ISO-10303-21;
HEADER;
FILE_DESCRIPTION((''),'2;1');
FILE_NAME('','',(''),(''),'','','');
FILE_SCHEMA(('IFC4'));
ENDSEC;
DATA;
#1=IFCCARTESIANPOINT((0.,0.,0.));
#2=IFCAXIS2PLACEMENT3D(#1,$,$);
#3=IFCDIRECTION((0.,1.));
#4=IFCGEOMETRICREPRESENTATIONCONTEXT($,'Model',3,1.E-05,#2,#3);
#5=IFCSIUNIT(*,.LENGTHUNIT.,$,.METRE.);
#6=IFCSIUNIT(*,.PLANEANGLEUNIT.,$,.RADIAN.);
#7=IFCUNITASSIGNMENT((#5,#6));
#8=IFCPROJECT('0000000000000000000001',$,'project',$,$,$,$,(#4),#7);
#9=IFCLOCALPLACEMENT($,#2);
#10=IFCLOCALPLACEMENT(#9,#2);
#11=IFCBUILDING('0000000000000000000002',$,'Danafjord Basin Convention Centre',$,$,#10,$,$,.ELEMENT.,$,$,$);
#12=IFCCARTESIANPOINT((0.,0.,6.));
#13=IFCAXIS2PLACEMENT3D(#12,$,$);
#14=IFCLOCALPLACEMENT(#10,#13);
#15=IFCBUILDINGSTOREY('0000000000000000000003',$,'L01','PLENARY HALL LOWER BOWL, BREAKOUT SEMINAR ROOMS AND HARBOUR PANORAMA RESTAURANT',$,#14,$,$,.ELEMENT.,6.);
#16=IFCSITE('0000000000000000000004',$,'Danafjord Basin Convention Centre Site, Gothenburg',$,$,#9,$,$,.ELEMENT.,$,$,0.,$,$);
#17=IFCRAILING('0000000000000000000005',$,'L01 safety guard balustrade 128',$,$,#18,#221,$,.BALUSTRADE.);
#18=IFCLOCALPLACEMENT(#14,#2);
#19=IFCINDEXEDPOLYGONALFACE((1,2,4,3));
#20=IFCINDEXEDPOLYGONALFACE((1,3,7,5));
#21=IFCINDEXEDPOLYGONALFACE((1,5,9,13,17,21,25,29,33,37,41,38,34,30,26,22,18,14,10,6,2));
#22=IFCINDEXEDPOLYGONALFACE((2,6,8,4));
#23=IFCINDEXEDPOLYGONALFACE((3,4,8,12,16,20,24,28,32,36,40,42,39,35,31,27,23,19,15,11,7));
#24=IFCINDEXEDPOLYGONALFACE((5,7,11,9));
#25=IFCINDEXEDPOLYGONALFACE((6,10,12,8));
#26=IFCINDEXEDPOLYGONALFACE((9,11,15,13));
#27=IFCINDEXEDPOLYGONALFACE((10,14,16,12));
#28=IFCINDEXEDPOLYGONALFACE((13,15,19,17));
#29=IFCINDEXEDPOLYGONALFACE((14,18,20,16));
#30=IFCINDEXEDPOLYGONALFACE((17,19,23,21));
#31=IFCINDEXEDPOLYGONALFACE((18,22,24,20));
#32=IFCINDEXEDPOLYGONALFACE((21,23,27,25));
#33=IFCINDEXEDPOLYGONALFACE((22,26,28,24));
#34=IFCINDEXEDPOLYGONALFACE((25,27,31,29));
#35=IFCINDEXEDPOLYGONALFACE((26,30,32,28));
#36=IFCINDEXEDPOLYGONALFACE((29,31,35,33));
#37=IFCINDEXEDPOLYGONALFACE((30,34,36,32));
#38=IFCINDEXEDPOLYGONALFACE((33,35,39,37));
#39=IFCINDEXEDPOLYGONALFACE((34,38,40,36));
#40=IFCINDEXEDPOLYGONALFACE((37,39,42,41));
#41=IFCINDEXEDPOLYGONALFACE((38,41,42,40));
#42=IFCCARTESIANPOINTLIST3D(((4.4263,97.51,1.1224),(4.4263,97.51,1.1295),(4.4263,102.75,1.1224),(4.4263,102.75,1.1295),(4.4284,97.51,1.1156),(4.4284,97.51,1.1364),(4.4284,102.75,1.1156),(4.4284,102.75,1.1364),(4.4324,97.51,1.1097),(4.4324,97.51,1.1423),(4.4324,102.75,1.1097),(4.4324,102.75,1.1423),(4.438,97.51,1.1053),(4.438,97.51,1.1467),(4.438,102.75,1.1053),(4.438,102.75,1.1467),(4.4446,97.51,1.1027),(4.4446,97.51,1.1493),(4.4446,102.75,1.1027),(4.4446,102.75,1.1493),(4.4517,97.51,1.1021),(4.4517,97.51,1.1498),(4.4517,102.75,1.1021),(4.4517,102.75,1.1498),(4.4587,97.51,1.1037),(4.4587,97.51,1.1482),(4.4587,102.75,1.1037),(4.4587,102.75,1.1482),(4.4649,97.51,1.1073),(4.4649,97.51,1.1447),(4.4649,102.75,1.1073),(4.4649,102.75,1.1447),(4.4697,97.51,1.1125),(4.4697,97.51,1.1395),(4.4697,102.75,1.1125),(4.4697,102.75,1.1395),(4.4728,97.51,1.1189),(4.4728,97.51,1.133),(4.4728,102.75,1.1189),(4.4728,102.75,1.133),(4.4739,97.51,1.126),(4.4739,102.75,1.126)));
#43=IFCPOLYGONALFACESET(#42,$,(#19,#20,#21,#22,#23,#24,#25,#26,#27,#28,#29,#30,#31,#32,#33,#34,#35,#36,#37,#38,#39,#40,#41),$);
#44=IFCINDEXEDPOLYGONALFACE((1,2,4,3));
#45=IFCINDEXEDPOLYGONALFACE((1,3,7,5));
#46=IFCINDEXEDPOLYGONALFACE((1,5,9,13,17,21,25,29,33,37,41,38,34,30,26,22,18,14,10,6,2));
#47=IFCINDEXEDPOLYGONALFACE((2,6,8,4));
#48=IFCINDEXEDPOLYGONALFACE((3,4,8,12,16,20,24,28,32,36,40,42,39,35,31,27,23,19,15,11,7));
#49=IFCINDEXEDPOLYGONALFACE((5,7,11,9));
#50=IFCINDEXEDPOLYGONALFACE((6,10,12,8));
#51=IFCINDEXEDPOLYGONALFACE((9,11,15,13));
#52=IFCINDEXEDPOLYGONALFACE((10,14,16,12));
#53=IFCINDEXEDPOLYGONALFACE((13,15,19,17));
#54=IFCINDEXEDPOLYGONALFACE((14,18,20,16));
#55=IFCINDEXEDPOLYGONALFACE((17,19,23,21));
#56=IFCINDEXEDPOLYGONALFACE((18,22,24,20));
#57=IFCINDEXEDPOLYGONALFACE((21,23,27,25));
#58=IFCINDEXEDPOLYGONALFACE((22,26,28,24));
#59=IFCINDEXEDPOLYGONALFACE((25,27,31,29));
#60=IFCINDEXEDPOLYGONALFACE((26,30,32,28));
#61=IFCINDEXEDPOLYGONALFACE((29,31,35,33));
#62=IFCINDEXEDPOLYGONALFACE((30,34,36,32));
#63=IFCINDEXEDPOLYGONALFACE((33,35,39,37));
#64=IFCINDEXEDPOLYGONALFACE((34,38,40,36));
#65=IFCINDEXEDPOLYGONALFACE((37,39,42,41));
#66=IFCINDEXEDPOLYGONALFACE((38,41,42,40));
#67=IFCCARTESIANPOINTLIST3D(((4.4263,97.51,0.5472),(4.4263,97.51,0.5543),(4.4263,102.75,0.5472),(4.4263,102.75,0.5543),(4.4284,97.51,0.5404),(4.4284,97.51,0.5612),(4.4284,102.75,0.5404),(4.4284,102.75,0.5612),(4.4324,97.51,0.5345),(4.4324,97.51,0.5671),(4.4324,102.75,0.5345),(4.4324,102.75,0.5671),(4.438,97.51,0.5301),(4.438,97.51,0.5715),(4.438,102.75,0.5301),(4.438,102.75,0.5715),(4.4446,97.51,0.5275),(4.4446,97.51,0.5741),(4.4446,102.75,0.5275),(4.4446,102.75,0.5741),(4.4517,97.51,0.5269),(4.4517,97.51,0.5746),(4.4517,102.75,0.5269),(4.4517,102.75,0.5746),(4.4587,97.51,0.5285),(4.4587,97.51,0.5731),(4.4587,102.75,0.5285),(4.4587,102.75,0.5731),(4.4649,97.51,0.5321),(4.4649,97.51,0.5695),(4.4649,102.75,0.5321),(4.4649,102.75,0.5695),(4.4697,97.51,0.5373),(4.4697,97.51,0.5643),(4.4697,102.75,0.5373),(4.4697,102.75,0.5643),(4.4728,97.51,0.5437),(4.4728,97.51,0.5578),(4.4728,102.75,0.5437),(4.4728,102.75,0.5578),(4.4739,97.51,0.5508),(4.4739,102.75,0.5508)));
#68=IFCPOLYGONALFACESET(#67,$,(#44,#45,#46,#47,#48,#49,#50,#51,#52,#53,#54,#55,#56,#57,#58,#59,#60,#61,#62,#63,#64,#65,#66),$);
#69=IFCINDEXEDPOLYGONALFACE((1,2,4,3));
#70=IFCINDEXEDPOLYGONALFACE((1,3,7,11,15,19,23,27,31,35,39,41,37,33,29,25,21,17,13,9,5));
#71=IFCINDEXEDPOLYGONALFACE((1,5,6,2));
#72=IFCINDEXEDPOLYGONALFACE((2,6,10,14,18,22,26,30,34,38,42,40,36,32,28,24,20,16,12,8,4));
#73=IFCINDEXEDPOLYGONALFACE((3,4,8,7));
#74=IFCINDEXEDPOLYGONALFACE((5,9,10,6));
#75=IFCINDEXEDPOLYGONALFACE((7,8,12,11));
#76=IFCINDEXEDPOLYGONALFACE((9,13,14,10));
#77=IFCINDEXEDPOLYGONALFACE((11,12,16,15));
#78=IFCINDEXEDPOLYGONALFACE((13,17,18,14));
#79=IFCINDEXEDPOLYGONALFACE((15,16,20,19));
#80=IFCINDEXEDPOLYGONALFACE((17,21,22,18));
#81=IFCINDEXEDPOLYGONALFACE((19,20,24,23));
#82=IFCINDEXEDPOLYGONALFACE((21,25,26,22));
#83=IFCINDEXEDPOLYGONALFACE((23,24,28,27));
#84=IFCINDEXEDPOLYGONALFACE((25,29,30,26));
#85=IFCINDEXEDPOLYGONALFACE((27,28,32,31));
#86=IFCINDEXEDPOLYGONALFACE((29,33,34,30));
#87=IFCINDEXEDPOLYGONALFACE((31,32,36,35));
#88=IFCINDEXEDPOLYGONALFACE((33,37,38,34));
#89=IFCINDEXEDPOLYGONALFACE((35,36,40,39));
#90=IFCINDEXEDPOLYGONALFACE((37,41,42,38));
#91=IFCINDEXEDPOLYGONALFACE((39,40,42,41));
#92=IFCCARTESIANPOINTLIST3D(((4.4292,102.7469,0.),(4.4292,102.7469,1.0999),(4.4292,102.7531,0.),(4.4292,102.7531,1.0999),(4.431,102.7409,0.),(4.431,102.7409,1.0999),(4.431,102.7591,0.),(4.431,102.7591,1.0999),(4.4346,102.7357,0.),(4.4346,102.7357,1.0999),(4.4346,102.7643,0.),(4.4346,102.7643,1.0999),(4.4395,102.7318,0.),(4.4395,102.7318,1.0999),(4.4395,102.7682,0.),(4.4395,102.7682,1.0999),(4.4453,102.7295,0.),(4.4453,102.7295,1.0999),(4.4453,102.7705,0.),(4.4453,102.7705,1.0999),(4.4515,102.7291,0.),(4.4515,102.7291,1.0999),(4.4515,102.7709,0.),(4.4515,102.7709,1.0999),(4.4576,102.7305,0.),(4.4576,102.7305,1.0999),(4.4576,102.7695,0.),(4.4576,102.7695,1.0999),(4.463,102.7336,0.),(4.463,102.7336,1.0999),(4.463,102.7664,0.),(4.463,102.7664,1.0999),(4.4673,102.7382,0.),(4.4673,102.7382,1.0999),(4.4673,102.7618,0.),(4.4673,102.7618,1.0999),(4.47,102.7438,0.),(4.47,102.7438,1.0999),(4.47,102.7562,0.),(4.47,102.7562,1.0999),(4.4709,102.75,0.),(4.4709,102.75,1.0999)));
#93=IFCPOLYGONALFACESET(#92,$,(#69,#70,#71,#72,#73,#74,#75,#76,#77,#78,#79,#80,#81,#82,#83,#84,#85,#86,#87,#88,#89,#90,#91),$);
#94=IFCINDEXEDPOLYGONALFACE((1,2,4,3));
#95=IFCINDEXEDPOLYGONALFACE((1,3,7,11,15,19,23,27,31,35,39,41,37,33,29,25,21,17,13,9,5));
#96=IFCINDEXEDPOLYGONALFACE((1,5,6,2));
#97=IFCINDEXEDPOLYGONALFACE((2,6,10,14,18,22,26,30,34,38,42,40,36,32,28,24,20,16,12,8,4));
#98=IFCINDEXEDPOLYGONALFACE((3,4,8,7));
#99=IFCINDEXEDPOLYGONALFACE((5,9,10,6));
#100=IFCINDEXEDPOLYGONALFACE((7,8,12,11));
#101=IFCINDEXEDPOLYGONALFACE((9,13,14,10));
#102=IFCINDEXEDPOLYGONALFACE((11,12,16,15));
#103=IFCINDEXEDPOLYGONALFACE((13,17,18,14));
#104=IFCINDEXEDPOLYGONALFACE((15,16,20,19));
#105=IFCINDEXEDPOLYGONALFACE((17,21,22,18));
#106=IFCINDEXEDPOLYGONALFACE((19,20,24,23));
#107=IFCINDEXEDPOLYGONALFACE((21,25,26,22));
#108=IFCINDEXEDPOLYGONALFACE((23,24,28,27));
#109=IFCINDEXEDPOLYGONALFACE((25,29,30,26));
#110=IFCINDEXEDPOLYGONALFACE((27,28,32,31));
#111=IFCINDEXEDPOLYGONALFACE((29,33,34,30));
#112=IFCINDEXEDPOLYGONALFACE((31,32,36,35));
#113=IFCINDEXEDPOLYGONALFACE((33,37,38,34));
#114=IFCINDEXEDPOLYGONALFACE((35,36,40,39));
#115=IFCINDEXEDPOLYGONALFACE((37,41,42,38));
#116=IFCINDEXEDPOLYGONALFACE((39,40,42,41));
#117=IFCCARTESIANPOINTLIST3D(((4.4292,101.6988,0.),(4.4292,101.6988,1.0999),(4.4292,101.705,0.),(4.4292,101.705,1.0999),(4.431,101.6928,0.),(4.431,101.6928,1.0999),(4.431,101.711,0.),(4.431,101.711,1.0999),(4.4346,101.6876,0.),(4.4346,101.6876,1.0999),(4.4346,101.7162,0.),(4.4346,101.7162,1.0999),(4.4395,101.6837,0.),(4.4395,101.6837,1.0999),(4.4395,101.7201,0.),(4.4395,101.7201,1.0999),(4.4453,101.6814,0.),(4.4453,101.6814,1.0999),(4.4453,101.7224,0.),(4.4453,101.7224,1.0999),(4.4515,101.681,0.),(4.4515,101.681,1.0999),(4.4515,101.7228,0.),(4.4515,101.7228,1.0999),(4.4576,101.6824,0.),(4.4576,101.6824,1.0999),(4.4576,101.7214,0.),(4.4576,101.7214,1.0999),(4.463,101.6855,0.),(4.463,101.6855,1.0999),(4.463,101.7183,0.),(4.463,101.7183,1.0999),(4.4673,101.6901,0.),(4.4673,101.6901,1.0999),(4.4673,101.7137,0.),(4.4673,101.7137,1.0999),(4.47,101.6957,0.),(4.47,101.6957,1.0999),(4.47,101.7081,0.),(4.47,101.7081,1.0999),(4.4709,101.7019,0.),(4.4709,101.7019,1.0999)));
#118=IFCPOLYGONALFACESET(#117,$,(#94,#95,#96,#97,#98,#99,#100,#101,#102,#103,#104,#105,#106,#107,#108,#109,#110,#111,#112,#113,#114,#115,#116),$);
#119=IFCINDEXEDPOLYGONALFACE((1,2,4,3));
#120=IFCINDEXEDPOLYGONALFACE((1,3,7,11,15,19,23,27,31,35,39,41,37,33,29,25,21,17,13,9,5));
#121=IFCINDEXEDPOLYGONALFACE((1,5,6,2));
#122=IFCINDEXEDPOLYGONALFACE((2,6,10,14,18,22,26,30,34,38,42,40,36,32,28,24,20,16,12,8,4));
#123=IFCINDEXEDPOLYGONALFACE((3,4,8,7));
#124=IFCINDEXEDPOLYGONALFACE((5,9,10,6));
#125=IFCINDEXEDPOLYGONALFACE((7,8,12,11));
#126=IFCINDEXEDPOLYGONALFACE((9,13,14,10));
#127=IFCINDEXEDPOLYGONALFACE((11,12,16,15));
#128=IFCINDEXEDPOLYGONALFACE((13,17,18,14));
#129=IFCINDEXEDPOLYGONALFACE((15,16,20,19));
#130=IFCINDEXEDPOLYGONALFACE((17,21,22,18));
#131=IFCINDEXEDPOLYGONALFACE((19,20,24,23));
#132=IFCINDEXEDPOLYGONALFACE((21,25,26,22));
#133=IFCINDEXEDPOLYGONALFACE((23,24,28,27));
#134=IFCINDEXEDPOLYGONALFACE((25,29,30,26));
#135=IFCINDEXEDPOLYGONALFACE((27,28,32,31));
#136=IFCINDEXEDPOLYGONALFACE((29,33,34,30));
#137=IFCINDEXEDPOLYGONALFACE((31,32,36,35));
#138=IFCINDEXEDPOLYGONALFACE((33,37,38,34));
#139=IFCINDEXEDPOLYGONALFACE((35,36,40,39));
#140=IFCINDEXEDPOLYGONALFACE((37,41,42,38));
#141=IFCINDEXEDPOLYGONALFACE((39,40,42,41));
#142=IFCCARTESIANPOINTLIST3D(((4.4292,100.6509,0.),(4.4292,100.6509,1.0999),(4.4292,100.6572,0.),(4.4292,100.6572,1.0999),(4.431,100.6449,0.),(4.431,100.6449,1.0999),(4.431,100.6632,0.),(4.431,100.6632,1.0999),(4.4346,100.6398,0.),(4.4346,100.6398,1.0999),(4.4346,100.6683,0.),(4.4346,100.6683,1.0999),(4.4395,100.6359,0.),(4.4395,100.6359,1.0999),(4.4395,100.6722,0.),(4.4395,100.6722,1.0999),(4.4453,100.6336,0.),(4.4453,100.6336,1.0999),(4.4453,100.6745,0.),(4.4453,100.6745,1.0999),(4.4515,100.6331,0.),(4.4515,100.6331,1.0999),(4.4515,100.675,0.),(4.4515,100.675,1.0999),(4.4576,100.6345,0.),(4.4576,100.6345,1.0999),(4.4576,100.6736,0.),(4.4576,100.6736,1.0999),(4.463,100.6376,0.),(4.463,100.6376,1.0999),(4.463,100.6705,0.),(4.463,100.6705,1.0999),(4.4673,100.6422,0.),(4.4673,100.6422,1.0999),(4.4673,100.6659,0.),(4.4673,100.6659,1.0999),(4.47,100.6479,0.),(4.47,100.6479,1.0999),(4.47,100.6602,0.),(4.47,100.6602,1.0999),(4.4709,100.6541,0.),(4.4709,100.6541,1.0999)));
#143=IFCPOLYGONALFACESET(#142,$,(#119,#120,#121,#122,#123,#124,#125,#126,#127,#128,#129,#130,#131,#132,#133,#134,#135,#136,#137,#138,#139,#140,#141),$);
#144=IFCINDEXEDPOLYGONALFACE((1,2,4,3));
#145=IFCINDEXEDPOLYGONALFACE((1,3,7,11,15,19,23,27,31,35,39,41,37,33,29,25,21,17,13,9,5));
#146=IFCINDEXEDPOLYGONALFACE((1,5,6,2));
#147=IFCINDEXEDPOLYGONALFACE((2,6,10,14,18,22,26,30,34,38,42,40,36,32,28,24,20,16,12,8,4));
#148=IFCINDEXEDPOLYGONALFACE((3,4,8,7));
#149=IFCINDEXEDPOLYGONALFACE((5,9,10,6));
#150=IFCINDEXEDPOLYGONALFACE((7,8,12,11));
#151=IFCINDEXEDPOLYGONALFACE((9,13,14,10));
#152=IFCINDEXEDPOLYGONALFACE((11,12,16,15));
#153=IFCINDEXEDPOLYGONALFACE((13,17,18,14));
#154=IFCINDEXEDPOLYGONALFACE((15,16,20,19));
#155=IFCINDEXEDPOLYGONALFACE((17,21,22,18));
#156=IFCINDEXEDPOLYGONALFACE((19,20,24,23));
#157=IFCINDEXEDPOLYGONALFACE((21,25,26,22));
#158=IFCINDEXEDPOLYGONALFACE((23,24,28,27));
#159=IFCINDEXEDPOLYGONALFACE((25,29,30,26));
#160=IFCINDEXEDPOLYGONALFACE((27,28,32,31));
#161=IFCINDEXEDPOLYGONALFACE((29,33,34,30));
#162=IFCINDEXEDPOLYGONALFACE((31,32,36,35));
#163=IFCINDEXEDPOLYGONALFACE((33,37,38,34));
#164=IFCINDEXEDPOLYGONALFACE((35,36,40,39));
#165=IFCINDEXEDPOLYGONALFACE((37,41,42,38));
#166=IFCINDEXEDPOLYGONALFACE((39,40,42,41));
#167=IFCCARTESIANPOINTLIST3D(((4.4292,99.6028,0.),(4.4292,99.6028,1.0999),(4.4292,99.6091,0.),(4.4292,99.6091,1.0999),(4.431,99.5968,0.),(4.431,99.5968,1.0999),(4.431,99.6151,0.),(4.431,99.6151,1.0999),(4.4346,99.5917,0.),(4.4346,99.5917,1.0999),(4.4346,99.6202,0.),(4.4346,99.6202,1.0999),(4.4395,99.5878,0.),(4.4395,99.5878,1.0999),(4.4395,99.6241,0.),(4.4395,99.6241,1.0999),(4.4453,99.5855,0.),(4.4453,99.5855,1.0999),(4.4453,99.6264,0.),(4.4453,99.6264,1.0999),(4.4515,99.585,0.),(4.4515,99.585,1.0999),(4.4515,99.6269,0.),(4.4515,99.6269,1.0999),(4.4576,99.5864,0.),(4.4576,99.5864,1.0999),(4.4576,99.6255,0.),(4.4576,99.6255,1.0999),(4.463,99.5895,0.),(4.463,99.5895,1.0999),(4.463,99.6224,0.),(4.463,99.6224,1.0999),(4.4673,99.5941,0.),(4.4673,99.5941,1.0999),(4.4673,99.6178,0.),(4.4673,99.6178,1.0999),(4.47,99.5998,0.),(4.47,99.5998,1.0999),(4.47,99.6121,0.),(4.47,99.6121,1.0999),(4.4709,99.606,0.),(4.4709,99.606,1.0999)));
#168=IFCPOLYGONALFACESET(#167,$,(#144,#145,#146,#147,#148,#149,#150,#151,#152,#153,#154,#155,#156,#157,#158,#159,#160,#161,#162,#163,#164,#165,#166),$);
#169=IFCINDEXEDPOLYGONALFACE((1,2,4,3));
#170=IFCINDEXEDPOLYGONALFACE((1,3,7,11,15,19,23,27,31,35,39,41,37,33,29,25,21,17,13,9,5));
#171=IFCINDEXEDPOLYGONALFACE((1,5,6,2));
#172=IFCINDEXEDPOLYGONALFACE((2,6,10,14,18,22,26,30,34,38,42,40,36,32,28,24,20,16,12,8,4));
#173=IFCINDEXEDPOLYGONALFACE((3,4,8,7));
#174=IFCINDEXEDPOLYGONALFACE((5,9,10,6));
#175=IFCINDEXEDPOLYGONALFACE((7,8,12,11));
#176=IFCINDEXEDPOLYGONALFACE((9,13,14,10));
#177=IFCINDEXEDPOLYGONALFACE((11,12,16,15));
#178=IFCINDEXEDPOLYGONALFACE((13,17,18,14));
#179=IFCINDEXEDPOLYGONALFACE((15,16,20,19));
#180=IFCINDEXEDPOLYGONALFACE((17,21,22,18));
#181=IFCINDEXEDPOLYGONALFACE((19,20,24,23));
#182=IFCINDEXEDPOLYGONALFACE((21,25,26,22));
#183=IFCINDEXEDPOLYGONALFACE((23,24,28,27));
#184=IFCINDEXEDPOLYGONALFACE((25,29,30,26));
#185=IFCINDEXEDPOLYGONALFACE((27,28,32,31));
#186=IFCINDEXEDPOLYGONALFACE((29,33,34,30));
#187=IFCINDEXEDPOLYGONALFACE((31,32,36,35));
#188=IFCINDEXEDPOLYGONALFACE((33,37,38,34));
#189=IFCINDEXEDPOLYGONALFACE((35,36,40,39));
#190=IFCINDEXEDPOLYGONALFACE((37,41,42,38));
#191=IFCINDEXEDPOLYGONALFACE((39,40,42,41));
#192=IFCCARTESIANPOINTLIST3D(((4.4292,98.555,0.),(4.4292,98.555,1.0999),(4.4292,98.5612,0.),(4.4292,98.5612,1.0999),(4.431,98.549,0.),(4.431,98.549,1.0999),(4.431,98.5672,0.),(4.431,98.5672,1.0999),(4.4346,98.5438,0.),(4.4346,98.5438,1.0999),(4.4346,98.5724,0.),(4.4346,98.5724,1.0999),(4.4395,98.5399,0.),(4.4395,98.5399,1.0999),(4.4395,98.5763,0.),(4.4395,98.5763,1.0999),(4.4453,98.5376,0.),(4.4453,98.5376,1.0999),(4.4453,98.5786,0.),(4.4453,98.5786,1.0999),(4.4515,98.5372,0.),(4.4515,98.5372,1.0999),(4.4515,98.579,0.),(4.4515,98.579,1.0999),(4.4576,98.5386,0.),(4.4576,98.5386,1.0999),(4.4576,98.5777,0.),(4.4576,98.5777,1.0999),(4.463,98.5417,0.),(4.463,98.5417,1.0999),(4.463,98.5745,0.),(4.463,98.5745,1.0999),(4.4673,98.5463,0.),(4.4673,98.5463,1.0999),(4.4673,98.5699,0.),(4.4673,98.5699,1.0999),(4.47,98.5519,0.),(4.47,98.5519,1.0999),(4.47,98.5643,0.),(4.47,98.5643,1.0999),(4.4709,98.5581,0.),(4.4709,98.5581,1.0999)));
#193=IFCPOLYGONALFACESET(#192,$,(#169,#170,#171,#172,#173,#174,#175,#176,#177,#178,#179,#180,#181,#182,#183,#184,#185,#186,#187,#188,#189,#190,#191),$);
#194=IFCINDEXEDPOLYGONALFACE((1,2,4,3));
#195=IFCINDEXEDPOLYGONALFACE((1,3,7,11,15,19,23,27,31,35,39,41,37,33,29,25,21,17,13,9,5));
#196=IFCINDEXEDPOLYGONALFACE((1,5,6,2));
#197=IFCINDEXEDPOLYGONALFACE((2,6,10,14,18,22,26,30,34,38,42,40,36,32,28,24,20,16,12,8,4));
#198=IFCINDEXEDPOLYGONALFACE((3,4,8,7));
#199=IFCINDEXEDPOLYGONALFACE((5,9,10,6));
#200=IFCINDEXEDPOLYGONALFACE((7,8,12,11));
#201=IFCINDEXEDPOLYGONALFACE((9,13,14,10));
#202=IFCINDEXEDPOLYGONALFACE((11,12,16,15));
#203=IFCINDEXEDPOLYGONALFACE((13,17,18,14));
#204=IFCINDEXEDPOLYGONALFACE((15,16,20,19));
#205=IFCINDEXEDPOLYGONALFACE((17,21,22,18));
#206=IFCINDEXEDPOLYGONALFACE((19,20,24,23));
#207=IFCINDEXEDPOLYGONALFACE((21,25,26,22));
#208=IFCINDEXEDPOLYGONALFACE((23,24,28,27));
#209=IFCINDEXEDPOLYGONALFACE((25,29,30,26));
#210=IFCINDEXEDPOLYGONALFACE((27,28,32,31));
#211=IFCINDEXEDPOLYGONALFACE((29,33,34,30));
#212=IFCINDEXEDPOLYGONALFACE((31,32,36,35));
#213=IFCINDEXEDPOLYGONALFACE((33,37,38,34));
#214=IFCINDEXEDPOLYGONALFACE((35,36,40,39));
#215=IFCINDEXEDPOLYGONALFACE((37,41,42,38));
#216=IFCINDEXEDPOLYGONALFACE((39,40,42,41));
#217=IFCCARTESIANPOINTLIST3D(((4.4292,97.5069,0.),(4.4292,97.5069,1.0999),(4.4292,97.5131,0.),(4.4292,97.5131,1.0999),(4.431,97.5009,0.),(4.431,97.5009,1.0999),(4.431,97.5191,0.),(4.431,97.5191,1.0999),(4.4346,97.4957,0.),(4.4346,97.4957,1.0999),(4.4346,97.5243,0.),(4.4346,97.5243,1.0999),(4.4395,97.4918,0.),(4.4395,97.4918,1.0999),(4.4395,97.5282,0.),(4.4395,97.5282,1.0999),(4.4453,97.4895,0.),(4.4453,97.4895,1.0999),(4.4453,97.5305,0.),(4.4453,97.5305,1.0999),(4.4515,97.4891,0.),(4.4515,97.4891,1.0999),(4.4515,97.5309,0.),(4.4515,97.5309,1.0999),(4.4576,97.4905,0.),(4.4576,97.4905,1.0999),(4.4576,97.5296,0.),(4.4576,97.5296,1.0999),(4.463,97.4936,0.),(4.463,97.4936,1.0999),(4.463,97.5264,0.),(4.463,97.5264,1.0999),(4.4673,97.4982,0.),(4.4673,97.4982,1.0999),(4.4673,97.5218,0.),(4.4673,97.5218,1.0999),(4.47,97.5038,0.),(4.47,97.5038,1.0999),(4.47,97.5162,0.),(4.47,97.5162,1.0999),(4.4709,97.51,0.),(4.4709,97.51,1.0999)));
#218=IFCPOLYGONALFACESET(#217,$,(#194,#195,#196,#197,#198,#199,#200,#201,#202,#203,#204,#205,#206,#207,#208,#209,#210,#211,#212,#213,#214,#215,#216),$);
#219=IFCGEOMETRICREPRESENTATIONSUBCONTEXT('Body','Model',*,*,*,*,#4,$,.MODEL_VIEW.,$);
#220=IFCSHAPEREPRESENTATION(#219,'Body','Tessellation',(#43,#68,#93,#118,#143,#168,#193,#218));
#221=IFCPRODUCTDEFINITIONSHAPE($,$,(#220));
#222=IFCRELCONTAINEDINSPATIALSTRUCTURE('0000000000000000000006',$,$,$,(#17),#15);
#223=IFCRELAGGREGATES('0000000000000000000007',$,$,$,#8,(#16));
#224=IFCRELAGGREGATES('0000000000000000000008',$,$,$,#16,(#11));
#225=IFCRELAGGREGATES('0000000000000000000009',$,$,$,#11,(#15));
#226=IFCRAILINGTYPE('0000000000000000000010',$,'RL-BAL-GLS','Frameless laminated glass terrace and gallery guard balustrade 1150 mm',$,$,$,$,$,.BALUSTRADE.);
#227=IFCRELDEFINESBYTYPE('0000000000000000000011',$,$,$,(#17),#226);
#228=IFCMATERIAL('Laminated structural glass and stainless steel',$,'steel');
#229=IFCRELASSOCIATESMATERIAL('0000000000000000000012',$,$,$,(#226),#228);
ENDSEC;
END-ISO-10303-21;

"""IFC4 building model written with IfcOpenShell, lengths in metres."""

from ifc_helpers import new_model, si_unit, direction, frame, origin, origin_2d, place, context, subcontext, project, spatial, circle, extrude, material, type_object, element, save


model = new_model("IFC4")

# Units and contexts
model_context = context("Model", 3, precision=1e-05, world=origin(), true_north=direction((0.0, 1.0)))
body_context = subcontext(model_context, "Body", "Model", "MODEL_VIEW")
ifc_project = project(units=[si_unit("LENGTHUNIT", "METRE"), si_unit("PLANEANGLEUNIT", "RADIAN")], contexts=[model_context])

# Site, building, storey
site_placement = place(None, origin())
site = spatial("IfcSite", under=ifc_project, at=site_placement, Name="Danafjord Basin Convention Centre Site, Gothenburg", CompositionType="ELEMENT", RefElevation=0.0)
building_placement = place(site_placement, origin())
building = spatial("IfcBuilding", under=site, at=building_placement, Name="Danafjord Basin Convention Centre", CompositionType="ELEMENT")
storey_placement = place(building_placement, frame((0.0, 0.0, 6.0)))
storey = spatial("IfcBuildingStorey", under=building, at=storey_placement, Name="L01", Description="PLENARY HALL LOWER BOWL, BREAKOUT SEMINAR ROOMS AND HARBOUR PANORAMA RESTAURANT", CompositionType="ELEMENT", Elevation=6.0)

# Railing
ifc_material_1 = material(Name="Laminated structural glass and stainless steel", Category="steel")
railing_type_1 = type_object("IfcRailingType", Name="RL-BAL-GLS", Description="Frameless laminated glass terrace and gallery guard balustrade 1150 mm", PredefinedType="BALUSTRADE", material=ifc_material_1)
railing_1_placement = place(storey_placement, frame((4.45, 102.75, 0.0)))
element("IfcRailing", 1, at=railing_1_placement, inside=storey, type_object=railing_type_1, Name="L01 safety guard balustrade 128", PredefinedType="BALUSTRADE", context=body_context, shape_type="SweptSolid", body=[
    extrude(circle(Radius=0.0239, at=origin_2d()), frame((0.0, 0.0, 1.126), z_axis=(0.0, -1.0, 0.0), x_axis=(1.0, 0.0, 0.0)), (0.0, 0.0, 1.0), 5.24),
    extrude(circle(Radius=0.0239, at=origin_2d()), frame((0.0, 0.0, 0.5508), z_axis=(0.0, -1.0, 0.0), x_axis=(1.0, 0.0, 0.0)), (0.0, 0.0, 1.0), 5.24),
    extrude(circle(Radius=0.021, at=origin_2d()), origin(), (0.0, 0.0, 1.0), 1.0999),
    extrude(circle(Radius=0.021, at=origin_2d()), frame((0.0, -1.0481, 0.0)), (0.0, 0.0, 1.0), 1.0999),
    extrude(circle(Radius=0.021, at=origin_2d()), frame((0.0, -2.0959, 0.0)), (0.0, 0.0, 1.0), 1.0999),
    extrude(circle(Radius=0.021, at=origin_2d()), frame((0.0, -3.144, 0.0)), (0.0, 0.0, 1.0), 1.0999),
    extrude(circle(Radius=0.021, at=origin_2d()), frame((0.0, -4.1919, 0.0)), (0.0, 0.0, 1.0), 1.0999),
    extrude(circle(Radius=0.021, at=origin_2d()), frame((0.0, -5.24, 0.0)), (0.0, 0.0, 1.0), 1.0999),
])

save(model, "model.ifc")
